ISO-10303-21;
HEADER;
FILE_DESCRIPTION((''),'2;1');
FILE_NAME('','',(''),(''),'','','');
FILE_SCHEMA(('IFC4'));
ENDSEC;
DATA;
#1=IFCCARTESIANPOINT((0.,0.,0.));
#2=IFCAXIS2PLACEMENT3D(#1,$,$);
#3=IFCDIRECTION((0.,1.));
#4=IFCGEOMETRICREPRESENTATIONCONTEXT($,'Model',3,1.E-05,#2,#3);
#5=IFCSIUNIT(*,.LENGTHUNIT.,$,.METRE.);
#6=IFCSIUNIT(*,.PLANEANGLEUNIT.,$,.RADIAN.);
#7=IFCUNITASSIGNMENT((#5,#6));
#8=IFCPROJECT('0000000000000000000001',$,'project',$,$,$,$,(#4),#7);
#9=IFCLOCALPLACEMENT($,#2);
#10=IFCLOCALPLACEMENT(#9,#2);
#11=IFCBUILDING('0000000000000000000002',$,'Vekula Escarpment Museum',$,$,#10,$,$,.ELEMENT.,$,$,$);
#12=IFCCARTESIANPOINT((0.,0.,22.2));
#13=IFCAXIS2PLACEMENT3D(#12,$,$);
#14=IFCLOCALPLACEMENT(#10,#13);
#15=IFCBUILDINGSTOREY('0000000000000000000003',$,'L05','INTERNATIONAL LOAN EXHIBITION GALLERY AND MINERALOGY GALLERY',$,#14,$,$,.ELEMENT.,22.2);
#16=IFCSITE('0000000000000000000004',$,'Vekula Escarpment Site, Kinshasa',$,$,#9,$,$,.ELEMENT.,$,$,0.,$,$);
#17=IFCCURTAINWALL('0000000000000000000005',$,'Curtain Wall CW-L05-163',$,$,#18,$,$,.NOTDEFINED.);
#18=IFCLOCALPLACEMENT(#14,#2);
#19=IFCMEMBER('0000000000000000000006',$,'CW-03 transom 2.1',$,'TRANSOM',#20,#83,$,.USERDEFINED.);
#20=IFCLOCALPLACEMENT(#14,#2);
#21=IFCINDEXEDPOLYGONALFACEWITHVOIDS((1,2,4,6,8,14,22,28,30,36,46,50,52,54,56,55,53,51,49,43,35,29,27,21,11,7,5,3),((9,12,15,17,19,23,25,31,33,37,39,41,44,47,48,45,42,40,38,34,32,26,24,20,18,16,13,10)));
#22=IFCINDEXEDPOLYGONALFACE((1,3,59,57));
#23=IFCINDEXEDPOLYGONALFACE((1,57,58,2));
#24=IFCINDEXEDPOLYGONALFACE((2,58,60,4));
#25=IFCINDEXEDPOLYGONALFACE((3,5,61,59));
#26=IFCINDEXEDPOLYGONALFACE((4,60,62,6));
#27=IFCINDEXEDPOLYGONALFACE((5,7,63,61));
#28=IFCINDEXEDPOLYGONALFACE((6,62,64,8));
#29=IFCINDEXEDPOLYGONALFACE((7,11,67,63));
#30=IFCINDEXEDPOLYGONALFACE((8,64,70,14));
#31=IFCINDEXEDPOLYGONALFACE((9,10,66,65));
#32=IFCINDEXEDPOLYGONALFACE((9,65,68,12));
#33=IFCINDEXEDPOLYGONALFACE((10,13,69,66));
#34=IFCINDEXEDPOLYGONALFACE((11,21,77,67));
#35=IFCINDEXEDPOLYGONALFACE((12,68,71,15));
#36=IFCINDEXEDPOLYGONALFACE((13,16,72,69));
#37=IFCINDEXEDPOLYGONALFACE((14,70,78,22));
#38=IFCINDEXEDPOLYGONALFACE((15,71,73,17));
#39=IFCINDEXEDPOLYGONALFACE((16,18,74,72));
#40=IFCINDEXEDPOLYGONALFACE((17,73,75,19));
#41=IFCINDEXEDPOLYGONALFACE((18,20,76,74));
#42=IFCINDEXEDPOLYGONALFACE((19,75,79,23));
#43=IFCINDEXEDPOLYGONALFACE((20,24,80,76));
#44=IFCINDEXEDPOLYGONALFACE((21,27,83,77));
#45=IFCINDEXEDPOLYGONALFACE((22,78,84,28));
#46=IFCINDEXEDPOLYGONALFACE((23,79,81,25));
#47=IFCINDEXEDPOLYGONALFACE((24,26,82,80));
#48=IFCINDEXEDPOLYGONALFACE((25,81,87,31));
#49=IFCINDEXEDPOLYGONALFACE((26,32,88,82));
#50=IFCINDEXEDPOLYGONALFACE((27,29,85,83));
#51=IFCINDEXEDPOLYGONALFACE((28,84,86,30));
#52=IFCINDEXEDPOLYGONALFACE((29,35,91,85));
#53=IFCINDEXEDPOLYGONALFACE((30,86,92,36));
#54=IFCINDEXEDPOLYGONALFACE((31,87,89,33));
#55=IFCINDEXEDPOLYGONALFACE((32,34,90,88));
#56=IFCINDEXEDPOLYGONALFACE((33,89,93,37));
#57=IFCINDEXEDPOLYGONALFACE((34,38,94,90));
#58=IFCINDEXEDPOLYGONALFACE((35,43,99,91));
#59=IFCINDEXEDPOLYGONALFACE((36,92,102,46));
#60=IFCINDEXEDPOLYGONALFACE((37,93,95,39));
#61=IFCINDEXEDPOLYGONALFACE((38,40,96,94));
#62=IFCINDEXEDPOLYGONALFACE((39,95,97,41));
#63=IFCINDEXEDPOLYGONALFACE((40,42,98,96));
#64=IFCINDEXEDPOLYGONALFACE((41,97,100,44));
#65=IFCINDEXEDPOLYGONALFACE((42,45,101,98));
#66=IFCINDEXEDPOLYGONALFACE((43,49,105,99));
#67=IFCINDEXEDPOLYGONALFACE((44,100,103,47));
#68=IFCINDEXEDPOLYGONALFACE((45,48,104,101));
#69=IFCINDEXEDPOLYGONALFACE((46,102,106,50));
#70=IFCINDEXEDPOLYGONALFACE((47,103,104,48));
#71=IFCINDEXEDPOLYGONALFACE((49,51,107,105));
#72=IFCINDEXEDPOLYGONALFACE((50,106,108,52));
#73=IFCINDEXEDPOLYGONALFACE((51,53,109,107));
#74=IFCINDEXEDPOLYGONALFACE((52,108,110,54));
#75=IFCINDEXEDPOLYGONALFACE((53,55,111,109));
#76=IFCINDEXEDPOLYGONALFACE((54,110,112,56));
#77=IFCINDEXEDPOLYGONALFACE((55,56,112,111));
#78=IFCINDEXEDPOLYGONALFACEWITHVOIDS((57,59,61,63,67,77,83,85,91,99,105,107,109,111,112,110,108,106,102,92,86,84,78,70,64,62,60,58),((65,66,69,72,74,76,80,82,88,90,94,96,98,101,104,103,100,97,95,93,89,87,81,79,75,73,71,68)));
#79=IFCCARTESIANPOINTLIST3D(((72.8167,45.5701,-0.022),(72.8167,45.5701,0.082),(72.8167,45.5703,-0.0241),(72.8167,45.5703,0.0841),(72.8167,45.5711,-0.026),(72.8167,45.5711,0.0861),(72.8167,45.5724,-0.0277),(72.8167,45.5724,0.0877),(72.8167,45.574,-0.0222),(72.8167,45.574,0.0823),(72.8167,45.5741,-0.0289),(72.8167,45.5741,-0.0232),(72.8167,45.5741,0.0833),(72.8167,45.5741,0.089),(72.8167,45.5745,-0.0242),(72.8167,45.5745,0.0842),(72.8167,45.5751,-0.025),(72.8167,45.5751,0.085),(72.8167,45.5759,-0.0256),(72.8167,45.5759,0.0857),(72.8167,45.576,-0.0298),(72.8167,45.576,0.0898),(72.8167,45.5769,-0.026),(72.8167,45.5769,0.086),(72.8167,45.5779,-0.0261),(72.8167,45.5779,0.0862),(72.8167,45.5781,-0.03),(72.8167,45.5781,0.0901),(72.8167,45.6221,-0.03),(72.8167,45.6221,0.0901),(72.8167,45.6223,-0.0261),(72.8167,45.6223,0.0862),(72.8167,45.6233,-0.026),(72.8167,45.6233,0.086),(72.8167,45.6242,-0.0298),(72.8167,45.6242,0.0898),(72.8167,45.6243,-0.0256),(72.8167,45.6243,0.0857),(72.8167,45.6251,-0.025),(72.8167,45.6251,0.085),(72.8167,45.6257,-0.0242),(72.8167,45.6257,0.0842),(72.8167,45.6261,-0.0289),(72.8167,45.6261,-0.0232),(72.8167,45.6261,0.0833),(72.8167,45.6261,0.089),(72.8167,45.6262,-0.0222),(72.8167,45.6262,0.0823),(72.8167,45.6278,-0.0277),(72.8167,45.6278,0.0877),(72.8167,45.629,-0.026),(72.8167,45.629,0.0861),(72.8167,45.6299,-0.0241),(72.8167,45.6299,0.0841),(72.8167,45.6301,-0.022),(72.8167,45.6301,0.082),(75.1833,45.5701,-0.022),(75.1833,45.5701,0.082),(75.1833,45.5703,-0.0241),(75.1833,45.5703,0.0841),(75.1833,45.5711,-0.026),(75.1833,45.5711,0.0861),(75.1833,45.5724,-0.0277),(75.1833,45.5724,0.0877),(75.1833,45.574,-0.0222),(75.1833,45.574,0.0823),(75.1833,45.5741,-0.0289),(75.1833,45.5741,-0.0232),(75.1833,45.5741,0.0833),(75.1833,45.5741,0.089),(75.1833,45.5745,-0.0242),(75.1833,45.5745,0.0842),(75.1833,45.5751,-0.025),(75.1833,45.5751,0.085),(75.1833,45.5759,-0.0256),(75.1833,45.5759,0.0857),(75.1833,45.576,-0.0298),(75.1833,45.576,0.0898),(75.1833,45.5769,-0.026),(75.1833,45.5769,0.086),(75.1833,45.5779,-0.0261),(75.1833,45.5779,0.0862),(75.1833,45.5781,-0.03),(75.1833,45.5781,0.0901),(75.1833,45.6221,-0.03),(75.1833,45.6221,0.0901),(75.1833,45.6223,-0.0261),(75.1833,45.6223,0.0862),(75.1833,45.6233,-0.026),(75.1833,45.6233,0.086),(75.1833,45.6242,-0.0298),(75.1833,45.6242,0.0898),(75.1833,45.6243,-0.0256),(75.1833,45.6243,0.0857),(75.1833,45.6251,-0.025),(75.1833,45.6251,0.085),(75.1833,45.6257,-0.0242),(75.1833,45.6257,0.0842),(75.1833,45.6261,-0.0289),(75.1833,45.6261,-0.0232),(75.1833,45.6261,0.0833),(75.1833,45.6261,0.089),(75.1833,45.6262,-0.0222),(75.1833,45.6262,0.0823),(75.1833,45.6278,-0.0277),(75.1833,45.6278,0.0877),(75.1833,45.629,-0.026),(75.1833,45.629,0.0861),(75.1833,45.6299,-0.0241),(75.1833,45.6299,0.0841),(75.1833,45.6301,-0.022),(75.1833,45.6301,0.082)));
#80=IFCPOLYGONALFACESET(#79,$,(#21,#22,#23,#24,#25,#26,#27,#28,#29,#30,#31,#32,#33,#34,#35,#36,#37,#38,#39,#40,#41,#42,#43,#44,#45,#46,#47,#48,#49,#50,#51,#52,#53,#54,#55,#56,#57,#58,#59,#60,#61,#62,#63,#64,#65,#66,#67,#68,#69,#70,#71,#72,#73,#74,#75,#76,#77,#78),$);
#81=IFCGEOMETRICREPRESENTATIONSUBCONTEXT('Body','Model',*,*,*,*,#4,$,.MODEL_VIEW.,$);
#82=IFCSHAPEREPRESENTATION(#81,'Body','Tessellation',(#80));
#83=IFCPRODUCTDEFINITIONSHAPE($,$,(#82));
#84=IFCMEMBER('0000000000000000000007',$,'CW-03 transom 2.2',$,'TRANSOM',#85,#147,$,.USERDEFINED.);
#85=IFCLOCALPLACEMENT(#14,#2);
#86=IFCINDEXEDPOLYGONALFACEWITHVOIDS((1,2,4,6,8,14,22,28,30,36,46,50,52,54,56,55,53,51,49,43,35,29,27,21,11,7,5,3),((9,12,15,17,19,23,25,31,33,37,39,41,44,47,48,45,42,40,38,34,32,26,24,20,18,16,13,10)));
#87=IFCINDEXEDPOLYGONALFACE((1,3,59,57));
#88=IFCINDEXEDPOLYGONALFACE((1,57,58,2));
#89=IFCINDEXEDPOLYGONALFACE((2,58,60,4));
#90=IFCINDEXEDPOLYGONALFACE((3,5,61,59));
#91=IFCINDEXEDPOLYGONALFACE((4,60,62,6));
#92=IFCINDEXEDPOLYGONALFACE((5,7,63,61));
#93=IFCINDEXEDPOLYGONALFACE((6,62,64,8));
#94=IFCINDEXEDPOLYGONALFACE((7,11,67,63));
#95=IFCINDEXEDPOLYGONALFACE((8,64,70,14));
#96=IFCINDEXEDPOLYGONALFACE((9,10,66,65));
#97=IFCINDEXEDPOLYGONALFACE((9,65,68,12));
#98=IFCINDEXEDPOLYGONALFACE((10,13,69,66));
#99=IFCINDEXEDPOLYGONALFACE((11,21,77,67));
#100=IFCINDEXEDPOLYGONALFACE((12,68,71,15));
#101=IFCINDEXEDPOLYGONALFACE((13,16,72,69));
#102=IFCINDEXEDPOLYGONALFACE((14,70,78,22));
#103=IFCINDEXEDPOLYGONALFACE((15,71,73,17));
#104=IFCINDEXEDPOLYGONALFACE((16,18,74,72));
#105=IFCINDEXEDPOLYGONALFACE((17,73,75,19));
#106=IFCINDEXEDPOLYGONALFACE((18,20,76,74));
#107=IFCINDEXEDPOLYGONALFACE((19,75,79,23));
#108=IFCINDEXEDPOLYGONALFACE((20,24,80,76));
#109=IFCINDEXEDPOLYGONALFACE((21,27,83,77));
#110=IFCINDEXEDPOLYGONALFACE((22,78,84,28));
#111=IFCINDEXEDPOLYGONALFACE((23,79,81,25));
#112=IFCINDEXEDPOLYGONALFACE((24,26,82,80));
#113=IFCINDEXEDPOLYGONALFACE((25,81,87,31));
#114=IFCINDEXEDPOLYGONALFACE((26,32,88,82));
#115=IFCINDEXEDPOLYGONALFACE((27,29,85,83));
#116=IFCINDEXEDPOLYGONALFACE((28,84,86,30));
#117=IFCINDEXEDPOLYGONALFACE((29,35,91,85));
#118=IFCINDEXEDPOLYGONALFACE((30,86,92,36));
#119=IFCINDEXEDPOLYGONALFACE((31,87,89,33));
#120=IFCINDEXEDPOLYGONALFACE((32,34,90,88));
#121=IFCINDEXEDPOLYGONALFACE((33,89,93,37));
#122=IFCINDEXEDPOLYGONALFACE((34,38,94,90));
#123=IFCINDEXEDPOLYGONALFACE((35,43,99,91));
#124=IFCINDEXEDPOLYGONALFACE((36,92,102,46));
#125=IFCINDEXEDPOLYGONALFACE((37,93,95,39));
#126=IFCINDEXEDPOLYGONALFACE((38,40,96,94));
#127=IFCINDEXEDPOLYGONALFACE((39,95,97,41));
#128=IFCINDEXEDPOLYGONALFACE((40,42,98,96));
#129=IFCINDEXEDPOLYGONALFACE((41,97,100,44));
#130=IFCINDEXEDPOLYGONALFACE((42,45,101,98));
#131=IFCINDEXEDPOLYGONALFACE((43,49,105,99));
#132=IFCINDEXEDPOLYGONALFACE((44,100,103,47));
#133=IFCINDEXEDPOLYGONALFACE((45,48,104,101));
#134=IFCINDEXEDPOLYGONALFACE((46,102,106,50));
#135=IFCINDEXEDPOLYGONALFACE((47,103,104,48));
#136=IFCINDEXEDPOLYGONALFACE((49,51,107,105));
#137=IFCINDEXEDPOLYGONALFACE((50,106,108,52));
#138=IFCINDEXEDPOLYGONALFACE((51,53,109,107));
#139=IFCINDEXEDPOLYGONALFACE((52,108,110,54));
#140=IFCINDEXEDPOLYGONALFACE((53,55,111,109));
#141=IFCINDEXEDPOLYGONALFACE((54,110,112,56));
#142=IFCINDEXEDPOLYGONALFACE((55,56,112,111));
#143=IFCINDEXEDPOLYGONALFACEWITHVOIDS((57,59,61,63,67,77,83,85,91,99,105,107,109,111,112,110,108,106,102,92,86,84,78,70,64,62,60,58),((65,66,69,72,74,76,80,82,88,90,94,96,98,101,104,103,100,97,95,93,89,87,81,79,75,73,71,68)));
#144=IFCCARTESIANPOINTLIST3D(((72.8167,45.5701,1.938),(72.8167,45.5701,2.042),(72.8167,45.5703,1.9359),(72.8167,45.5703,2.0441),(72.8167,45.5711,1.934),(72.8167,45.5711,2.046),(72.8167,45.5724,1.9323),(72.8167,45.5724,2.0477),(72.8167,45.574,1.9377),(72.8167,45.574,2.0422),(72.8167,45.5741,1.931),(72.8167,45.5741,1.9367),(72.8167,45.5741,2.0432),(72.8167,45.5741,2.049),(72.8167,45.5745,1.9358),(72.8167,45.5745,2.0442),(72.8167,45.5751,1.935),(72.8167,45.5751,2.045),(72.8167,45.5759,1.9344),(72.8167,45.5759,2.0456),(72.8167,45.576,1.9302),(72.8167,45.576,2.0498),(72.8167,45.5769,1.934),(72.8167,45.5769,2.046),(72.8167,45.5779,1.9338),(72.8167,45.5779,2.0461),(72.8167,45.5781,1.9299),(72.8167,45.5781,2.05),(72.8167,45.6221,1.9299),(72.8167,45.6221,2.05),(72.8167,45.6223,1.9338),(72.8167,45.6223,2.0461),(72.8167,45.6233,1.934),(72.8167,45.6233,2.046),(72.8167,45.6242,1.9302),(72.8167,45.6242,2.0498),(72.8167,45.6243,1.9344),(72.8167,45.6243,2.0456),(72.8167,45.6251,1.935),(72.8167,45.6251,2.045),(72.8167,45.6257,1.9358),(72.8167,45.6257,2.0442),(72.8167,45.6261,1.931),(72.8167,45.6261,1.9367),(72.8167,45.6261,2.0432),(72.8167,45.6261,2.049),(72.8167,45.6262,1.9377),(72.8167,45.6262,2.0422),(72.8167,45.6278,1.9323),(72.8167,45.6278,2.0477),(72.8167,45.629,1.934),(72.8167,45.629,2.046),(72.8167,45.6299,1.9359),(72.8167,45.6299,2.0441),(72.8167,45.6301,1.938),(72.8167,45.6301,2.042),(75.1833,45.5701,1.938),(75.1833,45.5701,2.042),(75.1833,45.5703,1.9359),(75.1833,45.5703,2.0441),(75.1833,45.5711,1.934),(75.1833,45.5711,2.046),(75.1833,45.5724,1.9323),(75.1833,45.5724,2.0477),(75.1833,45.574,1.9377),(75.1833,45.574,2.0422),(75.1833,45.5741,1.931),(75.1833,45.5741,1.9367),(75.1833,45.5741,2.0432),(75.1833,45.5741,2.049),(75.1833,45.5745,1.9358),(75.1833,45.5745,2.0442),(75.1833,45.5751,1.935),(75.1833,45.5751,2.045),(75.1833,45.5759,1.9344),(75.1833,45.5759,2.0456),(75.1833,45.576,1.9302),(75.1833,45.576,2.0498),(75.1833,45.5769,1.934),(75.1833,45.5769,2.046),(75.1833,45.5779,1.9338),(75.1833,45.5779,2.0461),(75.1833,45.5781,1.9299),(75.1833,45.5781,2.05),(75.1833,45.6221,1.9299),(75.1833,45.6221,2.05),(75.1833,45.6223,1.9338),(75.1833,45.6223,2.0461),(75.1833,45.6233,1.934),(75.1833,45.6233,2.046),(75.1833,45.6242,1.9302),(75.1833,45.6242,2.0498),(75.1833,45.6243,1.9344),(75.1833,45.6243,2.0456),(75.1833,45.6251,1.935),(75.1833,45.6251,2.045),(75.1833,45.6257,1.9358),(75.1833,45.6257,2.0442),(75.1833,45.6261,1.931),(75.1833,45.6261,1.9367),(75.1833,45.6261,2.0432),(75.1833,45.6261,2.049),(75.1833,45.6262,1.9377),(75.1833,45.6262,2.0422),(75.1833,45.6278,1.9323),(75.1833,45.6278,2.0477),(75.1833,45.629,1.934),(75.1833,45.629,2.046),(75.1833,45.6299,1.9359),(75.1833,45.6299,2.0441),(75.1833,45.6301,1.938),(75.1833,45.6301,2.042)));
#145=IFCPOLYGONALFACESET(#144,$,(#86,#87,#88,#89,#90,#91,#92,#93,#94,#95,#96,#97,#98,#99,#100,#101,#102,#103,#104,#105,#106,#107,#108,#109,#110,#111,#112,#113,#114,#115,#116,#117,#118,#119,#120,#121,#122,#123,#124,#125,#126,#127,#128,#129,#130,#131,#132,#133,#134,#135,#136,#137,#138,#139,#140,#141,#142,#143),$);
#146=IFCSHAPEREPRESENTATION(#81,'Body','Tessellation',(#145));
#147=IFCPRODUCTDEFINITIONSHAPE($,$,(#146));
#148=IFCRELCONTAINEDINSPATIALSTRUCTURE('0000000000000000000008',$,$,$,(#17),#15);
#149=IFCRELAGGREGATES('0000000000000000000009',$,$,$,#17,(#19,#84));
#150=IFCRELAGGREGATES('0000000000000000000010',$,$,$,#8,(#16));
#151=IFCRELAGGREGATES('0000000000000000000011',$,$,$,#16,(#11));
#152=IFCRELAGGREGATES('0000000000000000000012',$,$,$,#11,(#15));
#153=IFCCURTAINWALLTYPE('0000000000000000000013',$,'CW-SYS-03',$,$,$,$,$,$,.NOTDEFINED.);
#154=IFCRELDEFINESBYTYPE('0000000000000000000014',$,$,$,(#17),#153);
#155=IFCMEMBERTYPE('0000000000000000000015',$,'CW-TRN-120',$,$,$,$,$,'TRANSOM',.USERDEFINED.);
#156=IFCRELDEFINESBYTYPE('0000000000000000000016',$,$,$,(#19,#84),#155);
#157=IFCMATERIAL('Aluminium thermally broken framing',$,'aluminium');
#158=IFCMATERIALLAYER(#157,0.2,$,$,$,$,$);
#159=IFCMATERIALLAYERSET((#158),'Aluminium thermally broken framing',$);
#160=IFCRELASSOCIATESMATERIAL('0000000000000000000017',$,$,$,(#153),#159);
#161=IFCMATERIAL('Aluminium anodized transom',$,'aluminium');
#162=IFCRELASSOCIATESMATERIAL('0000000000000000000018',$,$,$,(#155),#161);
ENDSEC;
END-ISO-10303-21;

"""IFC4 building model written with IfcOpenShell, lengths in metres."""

from ifc_helpers import new_model, si_unit, direction, frame, origin, origin_2d, place, context, subcontext, project, spatial, hollow_rectangle, extrude, material, layer, layer_set, material_profile, profile_set, type_object, element, aggregate, save


model = new_model("IFC4")

# Units and contexts
model_context = context("Model", 3, precision=1e-05, world=origin(), true_north=direction((0.0, 1.0)))
body_context = subcontext(model_context, "Body", "Model", "MODEL_VIEW")
ifc_project = project(units=[si_unit("LENGTHUNIT", "METRE"), si_unit("PLANEANGLEUNIT", "RADIAN")], contexts=[model_context])

# Site, building, storey
site_placement = place(None, origin())
site = spatial("IfcSite", under=ifc_project, at=site_placement, Name="Vekula Escarpment Site, Kinshasa", CompositionType="ELEMENT", RefElevation=0.0)
building_placement = place(site_placement, origin())
building = spatial("IfcBuilding", under=site, at=building_placement, Name="Vekula Escarpment Museum", CompositionType="ELEMENT")
storey_placement = place(building_placement, frame((0.0, 0.0, 22.2)))
storey = spatial("IfcBuildingStorey", under=building, at=storey_placement, Name="L05", Description="INTERNATIONAL LOAN EXHIBITION GALLERY AND MINERALOGY GALLERY", CompositionType="ELEMENT", Elevation=22.2)

# Curtain wall, members
ifc_material_1 = material(Name="Aluminium thermally broken framing", Category="aluminium")
ifc_layer_1 = layer(ifc_material_1, 0.2)
ifc_layer_set_1 = layer_set([ifc_layer_1], Name="Aluminium thermally broken framing")
curtain_wall_type = type_object("IfcCurtainWallType", Name="CW-SYS-03", PredefinedType="NOTDEFINED", material=ifc_layer_set_1)
curtain_wall_placement = place(storey_placement, origin())
curtain_wall = element("IfcCurtainWall", 1, at=curtain_wall_placement, inside=storey, type_object=curtain_wall_type, Name="Curtain Wall CW-L05-163", PredefinedType="NOTDEFINED")
ifc_material_2 = material(Name="Aluminium anodized transom", Category="aluminium")
ifc_material_profile_1 = material_profile(ifc_material_2, hollow_rectangle(XDim=0.0601, YDim=0.1201, WallThickness=0.0039, InnerFilletRadius=0.0039, OuterFilletRadius=0.0081, at=origin_2d()), Name="ALU 120x60x4")
ifc_profile_set_1 = profile_set([ifc_material_profile_1], Name="Aluminium anodized transom")
member_type_1 = type_object("IfcMemberType", Name="CW-TRN-120", ElementType="TRANSOM", PredefinedType="USERDEFINED", material=ifc_profile_set_1)
member_1_placement = place(storey_placement, frame((72.8167, 45.6001, 0.03), z_axis=(1.0, 0.0, 0.0), x_axis=(0.0, 1.0, 0.0)))
member_1 = element("IfcMember", 2, at=member_1_placement, type_object=member_type_1, Name="CW-03 transom 2.1", ObjectType="TRANSOM", PredefinedType="USERDEFINED", context=body_context, shape_type="SweptSolid", body=[
    extrude(hollow_rectangle(XDim=0.0601, YDim=0.1201, WallThickness=0.0039, InnerFilletRadius=0.0039, OuterFilletRadius=0.0081, at=origin_2d()), origin(), (0.0, 0.0, 1.0), 2.3667),
])
member_2_placement = place(storey_placement, frame((72.8167, 45.6001, 1.99), z_axis=(1.0, 0.0, 0.0), x_axis=(0.0, 1.0, 0.0)))
member_2 = element("IfcMember", 3, at=member_2_placement, type_object=member_type_1, Name="CW-03 transom 2.2", ObjectType="TRANSOM", PredefinedType="USERDEFINED", context=body_context, shape_type="SweptSolid", body=[
    extrude(hollow_rectangle(XDim=0.0601, YDim=0.1201, WallThickness=0.0039, InnerFilletRadius=0.0039, OuterFilletRadius=0.0081, at=origin_2d()), origin(), (0.0, 0.0, 1.0), 2.3667),
])

aggregate(curtain_wall, [member_1, member_2])

save(model, "model.ifc")
